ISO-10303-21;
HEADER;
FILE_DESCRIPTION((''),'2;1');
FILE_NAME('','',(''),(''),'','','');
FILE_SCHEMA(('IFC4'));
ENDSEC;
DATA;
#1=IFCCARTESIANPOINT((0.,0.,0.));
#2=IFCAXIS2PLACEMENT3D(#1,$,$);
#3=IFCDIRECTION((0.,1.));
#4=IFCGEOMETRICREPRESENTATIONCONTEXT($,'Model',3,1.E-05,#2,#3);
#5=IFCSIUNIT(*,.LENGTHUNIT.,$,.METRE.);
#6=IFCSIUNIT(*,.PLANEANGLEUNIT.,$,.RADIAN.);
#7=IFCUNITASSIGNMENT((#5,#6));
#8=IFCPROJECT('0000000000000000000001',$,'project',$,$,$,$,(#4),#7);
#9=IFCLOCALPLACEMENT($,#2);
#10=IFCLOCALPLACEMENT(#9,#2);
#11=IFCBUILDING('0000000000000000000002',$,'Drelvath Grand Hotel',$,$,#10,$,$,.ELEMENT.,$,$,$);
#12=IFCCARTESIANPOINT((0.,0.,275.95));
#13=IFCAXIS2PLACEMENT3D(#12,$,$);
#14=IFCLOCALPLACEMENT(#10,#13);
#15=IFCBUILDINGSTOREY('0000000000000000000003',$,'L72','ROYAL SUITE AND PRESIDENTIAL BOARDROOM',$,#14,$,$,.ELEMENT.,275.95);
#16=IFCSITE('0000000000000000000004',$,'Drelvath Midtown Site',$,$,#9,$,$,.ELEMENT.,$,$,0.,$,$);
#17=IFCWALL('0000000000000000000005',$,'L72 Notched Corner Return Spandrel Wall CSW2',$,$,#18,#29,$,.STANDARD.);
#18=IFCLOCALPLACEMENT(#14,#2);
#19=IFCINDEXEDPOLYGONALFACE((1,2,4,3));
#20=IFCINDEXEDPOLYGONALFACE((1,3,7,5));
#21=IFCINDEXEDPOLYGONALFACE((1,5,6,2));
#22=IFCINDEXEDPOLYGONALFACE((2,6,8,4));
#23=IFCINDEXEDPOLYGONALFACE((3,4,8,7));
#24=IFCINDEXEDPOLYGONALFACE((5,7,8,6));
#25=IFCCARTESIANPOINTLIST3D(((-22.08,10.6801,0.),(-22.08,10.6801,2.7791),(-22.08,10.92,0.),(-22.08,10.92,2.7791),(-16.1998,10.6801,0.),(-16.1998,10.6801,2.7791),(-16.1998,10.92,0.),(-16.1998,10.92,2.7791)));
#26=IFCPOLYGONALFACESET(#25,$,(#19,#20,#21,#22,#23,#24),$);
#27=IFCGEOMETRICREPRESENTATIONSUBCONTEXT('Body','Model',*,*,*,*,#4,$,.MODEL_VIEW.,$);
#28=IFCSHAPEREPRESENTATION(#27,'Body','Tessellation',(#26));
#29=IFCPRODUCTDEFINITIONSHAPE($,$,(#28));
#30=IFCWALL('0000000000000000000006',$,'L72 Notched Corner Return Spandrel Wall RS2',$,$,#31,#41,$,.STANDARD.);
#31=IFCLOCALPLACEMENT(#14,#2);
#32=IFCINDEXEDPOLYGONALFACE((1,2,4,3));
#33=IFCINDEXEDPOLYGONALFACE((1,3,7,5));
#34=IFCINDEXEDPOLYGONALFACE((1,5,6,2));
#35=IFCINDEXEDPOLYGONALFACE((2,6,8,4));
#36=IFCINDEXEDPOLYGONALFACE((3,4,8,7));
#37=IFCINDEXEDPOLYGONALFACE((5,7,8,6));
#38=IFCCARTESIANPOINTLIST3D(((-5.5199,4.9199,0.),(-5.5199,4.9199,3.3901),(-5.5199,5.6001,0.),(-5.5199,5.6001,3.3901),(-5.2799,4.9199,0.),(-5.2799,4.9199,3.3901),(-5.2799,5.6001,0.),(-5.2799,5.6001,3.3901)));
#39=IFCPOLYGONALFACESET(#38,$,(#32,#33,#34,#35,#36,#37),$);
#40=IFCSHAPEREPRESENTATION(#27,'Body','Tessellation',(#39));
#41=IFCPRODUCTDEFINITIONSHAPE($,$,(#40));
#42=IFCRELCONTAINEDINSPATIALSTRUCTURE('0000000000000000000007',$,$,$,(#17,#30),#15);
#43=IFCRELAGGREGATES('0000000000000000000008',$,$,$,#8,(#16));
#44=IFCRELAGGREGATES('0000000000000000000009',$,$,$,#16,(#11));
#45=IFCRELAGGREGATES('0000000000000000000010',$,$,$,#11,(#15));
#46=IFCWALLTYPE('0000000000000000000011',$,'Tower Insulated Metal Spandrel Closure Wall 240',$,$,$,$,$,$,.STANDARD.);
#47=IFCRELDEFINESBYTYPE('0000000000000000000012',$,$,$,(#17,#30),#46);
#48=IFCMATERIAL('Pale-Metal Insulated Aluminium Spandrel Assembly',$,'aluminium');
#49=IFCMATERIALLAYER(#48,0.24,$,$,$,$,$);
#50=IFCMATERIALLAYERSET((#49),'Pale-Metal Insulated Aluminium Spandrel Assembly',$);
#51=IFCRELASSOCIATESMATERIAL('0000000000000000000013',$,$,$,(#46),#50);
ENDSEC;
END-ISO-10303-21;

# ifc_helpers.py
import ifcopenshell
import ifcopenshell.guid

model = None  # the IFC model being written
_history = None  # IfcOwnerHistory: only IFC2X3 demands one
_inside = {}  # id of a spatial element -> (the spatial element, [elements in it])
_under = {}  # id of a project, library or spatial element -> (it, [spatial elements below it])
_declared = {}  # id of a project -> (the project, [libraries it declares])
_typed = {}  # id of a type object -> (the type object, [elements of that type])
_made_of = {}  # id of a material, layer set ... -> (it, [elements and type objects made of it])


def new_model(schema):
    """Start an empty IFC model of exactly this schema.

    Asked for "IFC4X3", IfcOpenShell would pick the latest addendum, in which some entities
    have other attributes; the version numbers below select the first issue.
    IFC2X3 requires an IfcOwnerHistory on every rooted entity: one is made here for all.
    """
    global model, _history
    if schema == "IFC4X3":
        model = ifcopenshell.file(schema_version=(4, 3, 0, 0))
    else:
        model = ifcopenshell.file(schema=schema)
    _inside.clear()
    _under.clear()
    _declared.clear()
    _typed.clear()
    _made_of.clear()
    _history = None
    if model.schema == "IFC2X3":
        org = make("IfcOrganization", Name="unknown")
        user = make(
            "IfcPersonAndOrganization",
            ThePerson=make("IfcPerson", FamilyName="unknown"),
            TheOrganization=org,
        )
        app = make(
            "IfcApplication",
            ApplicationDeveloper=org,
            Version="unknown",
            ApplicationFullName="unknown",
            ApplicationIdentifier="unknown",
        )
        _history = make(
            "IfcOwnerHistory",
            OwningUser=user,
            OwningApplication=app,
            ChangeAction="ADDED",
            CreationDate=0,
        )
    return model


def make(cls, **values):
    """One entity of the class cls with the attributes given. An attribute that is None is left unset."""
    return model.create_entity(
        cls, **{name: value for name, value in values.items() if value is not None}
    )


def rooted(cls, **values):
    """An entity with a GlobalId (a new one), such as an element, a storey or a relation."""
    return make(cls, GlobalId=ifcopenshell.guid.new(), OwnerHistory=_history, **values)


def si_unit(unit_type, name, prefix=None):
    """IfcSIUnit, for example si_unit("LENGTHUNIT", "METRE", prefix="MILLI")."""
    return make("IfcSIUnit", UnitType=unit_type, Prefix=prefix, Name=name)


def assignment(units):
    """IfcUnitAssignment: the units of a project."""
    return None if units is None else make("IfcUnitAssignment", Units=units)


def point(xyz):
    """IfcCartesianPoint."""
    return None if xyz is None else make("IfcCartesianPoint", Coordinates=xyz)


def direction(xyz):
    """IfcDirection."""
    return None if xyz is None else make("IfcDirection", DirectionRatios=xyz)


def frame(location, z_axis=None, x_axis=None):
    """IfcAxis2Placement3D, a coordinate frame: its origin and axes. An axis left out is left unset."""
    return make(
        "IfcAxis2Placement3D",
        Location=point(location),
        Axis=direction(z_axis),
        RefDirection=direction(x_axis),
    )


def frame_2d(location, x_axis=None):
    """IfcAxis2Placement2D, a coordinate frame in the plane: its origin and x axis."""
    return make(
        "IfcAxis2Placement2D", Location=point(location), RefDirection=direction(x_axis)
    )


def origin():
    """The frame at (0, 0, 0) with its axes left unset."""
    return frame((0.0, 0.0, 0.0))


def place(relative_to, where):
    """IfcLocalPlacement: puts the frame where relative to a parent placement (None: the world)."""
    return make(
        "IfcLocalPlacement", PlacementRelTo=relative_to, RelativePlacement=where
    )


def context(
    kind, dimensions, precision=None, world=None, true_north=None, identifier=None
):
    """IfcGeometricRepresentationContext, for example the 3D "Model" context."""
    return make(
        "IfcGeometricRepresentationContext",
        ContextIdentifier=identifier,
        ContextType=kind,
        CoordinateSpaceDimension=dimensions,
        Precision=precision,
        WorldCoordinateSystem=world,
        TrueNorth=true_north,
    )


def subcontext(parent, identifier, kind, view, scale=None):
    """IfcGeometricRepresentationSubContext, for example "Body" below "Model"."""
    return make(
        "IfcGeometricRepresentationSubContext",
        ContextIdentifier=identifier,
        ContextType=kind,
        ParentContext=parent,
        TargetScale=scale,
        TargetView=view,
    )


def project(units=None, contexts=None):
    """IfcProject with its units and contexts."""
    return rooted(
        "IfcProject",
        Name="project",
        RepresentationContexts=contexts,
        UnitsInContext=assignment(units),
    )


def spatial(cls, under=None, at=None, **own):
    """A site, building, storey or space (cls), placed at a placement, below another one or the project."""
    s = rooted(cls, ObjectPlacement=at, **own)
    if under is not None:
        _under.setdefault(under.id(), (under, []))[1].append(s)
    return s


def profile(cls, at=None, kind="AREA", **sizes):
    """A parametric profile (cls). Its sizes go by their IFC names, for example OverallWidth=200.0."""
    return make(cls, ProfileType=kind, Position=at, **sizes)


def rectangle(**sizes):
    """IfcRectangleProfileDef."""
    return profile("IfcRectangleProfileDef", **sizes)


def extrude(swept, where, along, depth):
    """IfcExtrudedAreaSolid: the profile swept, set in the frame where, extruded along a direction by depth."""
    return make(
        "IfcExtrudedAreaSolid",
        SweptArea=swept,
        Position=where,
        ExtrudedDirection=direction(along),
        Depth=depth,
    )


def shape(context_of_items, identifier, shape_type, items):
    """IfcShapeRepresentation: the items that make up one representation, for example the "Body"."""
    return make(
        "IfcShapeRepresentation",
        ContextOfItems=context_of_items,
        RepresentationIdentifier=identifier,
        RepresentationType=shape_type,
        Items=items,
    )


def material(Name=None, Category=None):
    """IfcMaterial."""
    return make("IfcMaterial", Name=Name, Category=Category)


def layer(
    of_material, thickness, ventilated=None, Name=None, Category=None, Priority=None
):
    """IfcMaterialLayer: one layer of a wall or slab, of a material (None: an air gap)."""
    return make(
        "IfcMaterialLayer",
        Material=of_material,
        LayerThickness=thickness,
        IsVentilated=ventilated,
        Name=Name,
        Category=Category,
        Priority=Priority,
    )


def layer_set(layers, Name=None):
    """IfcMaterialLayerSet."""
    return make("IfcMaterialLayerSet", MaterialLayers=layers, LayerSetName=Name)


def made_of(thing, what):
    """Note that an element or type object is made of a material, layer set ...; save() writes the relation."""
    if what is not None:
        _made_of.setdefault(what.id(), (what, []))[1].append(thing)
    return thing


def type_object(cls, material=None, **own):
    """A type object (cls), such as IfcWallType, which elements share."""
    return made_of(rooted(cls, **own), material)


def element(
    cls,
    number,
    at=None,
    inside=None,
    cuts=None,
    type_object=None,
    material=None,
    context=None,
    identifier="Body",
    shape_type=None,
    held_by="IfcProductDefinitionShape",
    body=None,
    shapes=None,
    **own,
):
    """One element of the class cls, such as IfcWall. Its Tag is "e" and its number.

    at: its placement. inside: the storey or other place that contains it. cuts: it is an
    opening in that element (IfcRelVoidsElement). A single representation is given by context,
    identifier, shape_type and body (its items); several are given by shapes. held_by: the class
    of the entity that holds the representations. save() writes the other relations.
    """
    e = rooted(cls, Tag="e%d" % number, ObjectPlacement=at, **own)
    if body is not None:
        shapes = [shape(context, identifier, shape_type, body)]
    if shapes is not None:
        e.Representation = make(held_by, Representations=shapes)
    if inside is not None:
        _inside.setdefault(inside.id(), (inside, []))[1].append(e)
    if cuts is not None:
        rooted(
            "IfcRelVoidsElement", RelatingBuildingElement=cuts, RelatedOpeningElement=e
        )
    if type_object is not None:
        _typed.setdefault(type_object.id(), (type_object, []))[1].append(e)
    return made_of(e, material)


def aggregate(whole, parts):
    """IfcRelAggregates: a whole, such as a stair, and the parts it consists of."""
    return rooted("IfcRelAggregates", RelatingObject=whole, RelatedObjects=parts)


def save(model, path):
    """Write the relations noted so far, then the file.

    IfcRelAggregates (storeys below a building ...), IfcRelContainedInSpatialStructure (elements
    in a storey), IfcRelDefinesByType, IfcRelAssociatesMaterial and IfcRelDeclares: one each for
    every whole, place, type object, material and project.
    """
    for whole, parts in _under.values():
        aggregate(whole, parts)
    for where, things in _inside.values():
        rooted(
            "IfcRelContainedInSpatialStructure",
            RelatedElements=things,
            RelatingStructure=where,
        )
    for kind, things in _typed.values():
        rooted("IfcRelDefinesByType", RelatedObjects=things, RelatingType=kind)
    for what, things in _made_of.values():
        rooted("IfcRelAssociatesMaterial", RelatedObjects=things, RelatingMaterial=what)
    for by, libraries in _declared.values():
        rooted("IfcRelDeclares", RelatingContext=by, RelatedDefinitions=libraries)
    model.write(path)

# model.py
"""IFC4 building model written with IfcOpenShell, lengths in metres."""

from ifc_helpers import new_model, si_unit, direction, frame, frame_2d, origin, place, context, subcontext, project, spatial, rectangle, extrude, material, layer, layer_set, type_object, element, save


model = new_model("IFC4")

# Units and contexts
model_context = context("Model", 3, precision=1e-05, world=origin(), true_north=direction((0.0, 1.0)))
body_context = subcontext(model_context, "Body", "Model", "MODEL_VIEW")
ifc_project = project(units=[si_unit("LENGTHUNIT", "METRE"), si_unit("PLANEANGLEUNIT", "RADIAN")], contexts=[model_context])

# Site, building, storey
site_placement = place(None, origin())
site = spatial("IfcSite", under=ifc_project, at=site_placement, Name="Drelvath Midtown Site", CompositionType="ELEMENT", RefElevation=0.0)
building_placement = place(site_placement, origin())
building = spatial("IfcBuilding", under=site, at=building_placement, Name="Drelvath Grand Hotel", CompositionType="ELEMENT")
storey_placement = place(building_placement, frame((0.0, 0.0, 275.95)))
storey = spatial("IfcBuildingStorey", under=building, at=storey_placement, Name="L72", Description="ROYAL SUITE AND PRESIDENTIAL BOARDROOM", CompositionType="ELEMENT", Elevation=275.95)

# Walls
ifc_material_1 = material(Name="Pale-Metal Insulated Aluminium Spandrel Assembly", Category="aluminium")
ifc_layer_1 = layer(ifc_material_1, 0.24)
ifc_layer_set_1 = layer_set([ifc_layer_1], Name="Pale-Metal Insulated Aluminium Spandrel Assembly")
wall_type_1 = type_object("IfcWallType", Name="Tower Insulated Metal Spandrel Closure Wall 240", PredefinedType="STANDARD", material=ifc_layer_set_1)
for number, where, z_axis, x_axis, name in (
    (1, (-16.2, 10.8, 0.0), (0.0, 0.0, 1.0), (-1.0, 0.0, 0.0), "L72 Notched Corner Return Spandrel Wall CSW2"),
):
    element("IfcWall", number, at=place(storey_placement, frame(where, z_axis=z_axis, x_axis=x_axis)), inside=storey, type_object=wall_type_1, Name=name, PredefinedType="STANDARD", context=body_context, shape_type="SweptSolid", body=[
        extrude(rectangle(XDim=5.8801, YDim=0.24, at=frame_2d((2.9399, 0.0))), origin(), (0.0, 0.0, 1.0), 2.7791),
    ])
wall_1_placement = place(storey_placement, frame((-5.3999, 5.6001, 0.0), z_axis=(0.0, 0.0, 1.0), x_axis=(0.0, -1.0, 0.0)))
element("IfcWall", 2, at=wall_1_placement, inside=storey, type_object=wall_type_1, Name="L72 Notched Corner Return Spandrel Wall RS2", PredefinedType="STANDARD", context=body_context, shape_type="SweptSolid", body=[
    extrude(rectangle(XDim=0.6802, YDim=0.24, at=frame_2d((0.3401, 0.0))), origin(), (0.0, 0.0, 1.0), 3.3901),
])

save(model, "model.ifc")
